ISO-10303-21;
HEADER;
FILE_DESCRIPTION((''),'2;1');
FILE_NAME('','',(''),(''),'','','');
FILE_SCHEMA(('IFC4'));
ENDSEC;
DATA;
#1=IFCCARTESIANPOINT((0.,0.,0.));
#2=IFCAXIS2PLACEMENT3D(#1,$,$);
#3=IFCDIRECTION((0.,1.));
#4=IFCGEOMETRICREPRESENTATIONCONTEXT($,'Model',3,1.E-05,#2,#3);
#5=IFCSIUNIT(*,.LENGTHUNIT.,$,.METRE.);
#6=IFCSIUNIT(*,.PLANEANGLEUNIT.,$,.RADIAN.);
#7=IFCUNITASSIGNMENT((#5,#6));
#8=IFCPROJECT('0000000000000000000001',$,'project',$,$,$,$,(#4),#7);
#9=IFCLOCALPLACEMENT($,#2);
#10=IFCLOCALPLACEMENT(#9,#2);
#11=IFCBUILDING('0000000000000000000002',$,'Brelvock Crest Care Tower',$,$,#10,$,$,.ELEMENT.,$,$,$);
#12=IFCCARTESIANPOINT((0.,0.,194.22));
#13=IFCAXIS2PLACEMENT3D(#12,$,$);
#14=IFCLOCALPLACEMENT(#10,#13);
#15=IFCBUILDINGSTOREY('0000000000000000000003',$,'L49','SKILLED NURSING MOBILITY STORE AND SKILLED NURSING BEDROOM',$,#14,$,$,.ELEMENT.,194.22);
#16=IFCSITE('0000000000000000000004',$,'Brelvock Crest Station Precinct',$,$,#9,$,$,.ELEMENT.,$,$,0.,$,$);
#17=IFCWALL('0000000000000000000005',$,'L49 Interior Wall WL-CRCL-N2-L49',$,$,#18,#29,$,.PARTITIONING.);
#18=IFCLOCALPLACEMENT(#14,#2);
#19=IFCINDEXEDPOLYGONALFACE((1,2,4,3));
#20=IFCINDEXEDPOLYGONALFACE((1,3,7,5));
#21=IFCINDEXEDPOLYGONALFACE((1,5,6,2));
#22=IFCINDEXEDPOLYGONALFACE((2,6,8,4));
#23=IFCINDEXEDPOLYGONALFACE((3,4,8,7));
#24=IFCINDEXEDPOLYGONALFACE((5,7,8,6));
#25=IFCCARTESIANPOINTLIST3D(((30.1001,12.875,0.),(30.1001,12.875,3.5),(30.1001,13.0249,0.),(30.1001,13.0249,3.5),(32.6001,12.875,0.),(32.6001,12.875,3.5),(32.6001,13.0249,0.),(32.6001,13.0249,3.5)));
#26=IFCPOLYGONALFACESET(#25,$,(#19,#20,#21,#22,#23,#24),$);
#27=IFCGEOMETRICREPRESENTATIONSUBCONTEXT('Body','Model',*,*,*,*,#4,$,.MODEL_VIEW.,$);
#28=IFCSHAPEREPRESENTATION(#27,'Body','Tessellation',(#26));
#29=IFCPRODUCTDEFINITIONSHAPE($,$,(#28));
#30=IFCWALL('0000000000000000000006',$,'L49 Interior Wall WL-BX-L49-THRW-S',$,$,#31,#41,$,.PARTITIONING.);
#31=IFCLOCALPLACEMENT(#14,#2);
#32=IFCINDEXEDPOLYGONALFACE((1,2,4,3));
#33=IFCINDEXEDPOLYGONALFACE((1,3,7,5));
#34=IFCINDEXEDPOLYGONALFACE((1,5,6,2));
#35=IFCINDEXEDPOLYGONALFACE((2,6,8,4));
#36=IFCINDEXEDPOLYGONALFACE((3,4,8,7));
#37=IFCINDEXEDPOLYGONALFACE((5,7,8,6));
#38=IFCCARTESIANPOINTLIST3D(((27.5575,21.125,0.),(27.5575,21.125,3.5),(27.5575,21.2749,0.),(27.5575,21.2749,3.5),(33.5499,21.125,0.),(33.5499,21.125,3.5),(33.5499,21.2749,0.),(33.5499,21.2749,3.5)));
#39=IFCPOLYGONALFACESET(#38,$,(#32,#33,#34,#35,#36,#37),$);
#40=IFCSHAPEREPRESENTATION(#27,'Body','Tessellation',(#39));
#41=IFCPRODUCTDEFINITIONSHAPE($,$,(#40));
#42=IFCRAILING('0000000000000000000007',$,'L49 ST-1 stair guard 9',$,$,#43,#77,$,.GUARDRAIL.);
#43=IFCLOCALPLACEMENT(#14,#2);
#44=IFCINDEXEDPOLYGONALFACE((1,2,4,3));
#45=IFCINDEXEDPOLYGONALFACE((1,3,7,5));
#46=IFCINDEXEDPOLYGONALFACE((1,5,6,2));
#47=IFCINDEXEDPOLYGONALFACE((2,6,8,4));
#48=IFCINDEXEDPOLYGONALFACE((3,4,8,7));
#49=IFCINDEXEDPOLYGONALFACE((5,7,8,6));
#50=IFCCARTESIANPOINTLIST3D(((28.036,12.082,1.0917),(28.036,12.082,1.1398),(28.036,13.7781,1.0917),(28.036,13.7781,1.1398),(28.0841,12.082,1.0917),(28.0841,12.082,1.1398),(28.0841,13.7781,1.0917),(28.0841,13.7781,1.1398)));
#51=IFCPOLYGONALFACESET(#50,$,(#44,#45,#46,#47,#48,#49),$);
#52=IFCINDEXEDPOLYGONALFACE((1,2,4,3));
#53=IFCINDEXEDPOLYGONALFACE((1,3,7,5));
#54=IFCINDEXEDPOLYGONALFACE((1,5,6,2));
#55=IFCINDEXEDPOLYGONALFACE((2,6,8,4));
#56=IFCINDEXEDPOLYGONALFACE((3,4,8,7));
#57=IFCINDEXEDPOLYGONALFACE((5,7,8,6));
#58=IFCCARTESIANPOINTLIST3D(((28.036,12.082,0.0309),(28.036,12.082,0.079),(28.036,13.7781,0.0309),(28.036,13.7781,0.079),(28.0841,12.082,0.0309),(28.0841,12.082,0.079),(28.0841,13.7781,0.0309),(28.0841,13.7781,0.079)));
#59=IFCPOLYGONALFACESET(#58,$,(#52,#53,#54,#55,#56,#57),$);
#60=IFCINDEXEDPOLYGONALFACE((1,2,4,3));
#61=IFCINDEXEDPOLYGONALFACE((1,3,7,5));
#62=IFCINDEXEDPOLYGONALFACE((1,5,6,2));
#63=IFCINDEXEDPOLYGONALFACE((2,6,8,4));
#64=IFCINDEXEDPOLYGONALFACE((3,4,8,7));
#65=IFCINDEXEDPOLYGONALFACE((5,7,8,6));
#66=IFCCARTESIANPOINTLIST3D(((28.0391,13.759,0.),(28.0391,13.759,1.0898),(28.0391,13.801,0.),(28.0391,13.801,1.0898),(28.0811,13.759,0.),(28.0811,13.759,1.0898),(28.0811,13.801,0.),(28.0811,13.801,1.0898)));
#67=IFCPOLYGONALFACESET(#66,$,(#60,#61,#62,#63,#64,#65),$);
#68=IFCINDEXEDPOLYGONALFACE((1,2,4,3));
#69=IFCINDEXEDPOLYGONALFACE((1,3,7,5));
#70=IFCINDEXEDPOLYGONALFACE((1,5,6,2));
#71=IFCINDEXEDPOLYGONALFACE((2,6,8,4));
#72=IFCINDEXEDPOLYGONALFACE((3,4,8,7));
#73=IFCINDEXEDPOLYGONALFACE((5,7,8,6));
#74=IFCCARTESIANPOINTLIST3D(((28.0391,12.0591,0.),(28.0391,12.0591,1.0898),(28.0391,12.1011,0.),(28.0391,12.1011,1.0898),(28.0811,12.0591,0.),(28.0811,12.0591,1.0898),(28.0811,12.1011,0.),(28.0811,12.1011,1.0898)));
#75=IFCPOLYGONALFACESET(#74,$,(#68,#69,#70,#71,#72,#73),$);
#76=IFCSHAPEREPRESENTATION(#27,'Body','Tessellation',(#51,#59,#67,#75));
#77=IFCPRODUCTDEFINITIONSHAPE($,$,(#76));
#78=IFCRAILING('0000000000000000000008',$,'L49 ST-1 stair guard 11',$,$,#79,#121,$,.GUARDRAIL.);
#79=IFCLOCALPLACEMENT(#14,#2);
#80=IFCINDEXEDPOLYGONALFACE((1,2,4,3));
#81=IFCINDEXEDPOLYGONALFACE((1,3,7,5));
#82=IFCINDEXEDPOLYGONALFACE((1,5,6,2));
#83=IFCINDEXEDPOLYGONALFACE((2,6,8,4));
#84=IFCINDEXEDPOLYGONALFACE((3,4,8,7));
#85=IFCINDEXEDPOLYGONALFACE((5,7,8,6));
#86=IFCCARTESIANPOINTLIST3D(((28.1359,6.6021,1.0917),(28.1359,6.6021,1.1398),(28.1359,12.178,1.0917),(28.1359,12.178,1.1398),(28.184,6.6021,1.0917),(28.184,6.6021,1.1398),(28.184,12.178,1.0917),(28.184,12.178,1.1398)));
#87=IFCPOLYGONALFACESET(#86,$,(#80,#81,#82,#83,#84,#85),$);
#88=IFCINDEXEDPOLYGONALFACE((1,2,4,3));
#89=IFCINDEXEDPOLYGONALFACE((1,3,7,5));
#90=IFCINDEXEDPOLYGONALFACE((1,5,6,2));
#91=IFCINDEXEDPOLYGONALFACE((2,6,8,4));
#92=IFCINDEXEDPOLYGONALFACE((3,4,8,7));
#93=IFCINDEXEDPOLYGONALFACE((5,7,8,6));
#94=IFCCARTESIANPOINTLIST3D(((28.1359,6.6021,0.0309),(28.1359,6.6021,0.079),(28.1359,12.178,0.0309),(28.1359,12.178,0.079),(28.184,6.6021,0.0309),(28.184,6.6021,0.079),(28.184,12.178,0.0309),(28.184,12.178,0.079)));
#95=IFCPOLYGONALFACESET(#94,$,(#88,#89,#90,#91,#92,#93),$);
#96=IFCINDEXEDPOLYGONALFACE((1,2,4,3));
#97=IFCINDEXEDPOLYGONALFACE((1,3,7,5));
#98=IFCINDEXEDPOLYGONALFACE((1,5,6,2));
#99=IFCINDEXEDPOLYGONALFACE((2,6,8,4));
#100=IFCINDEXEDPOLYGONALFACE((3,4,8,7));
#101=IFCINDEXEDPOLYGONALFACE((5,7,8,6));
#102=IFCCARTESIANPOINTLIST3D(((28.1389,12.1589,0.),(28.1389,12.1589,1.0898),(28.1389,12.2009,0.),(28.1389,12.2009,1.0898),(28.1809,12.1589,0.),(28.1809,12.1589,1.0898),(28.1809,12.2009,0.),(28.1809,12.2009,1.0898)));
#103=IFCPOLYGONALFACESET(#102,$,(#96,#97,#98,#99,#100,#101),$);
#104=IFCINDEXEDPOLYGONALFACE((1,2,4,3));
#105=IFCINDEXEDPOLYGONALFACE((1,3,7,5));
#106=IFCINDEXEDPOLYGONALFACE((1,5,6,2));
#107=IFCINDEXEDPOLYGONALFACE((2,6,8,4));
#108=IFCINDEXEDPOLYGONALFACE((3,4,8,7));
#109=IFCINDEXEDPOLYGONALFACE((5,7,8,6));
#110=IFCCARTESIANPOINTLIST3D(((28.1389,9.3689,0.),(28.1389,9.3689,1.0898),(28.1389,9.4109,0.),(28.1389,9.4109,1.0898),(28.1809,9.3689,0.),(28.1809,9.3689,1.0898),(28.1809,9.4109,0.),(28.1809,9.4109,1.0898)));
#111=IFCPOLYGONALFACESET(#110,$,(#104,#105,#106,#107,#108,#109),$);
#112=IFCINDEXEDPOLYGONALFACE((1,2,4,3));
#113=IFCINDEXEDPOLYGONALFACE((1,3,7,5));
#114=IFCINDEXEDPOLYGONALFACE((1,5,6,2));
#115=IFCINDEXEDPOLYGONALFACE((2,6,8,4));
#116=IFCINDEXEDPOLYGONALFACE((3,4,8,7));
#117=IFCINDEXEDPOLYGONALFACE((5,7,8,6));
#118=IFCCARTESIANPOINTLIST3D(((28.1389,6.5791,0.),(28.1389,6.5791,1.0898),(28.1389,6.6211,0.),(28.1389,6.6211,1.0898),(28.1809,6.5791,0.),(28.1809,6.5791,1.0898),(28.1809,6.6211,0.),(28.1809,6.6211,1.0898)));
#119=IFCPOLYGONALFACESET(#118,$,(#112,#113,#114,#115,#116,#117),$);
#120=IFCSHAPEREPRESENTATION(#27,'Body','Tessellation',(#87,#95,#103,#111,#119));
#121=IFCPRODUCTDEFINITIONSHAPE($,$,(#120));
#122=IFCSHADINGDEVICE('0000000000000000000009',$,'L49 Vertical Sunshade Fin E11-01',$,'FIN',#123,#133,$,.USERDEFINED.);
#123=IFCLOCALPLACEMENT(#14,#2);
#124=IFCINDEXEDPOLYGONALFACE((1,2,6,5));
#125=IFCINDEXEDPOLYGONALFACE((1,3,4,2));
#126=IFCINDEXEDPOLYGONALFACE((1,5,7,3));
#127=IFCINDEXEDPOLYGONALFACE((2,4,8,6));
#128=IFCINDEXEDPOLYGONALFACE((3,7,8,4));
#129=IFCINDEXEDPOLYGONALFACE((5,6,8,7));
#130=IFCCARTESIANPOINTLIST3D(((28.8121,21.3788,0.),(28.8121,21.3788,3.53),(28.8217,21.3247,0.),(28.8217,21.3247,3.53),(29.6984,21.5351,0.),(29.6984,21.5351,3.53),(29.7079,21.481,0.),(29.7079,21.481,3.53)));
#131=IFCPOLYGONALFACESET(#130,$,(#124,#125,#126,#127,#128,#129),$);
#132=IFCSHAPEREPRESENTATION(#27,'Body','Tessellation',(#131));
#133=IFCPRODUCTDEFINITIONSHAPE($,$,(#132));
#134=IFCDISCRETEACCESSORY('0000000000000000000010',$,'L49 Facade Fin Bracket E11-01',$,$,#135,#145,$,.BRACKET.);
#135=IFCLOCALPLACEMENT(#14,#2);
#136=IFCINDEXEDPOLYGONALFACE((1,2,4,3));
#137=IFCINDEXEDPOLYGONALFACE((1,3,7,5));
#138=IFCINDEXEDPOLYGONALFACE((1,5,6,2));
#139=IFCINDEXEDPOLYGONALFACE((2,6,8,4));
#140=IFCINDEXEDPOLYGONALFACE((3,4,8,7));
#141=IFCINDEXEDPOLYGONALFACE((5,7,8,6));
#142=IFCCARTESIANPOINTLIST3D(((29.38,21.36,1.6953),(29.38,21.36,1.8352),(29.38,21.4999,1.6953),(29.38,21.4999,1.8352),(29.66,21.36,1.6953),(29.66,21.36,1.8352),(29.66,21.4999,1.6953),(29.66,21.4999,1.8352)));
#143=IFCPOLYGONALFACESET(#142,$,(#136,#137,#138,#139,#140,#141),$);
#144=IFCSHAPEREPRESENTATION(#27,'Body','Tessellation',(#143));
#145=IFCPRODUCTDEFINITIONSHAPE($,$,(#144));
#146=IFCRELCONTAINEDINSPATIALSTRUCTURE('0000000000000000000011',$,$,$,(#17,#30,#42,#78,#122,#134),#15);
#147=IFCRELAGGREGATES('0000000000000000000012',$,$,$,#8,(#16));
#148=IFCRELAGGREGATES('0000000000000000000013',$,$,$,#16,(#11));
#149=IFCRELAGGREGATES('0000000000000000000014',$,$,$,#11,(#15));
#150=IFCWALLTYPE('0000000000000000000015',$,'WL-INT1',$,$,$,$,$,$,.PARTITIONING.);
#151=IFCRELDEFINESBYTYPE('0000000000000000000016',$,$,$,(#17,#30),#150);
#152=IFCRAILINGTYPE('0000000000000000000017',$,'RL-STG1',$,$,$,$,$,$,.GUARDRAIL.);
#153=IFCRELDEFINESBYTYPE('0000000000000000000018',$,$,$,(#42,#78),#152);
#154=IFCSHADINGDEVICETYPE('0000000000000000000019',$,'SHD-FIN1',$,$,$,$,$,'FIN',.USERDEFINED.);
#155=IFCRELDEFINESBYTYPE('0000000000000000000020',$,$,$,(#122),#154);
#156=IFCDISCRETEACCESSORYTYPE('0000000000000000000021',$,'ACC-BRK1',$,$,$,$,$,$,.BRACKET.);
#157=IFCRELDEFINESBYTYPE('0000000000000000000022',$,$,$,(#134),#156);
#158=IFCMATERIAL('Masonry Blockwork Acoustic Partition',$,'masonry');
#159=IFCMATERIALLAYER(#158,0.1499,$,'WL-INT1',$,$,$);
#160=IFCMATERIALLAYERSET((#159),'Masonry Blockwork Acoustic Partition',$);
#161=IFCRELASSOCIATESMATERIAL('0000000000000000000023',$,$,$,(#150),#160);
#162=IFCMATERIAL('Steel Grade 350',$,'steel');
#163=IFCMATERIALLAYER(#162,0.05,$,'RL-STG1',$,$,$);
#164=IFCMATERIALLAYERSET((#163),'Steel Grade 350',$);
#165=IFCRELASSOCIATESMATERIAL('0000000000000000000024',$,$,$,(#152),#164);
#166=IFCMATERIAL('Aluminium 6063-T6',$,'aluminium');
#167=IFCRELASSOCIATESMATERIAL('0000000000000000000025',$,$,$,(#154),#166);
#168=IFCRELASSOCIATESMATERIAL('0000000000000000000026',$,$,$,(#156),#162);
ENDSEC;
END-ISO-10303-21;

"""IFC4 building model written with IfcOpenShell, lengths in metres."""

from ifc_helpers import new_model, si_unit, direction, frame, frame_2d, origin, origin_2d, place, context, subcontext, project, spatial, rectangle, extrude, source, transform, mapped, material, layer, layer_set, material_profile, profile_set, type_object, element, save


model = new_model("IFC4")

# Units and contexts
model_context = context("Model", 3, precision=1e-05, world=origin(), true_north=direction((0.0, 1.0)))
body_context = subcontext(model_context, "Body", "Model", "MODEL_VIEW")
ifc_project = project(units=[si_unit("LENGTHUNIT", "METRE"), si_unit("PLANEANGLEUNIT", "RADIAN")], contexts=[model_context])

# Site, building, storey
site_placement = place(None, origin())
site = spatial("IfcSite", under=ifc_project, at=site_placement, Name="Brelvock Crest Station Precinct", CompositionType="ELEMENT", RefElevation=0.0)
building_placement = place(site_placement, origin())
building = spatial("IfcBuilding", under=site, at=building_placement, Name="Brelvock Crest Care Tower", CompositionType="ELEMENT")
storey_placement = place(building_placement, frame((0.0, 0.0, 194.22)))
storey = spatial("IfcBuildingStorey", under=building, at=storey_placement, Name="L49", Description="SKILLED NURSING MOBILITY STORE AND SKILLED NURSING BEDROOM", CompositionType="ELEMENT", Elevation=194.22)

# Shared definitions
ifc_material_1 = material(Name="Steel Grade 350", Category="steel")

# Shared definitions
ifc_material_2 = material(Name="Aluminium 6063-T6", Category="aluminium")

# Walls
ifc_material_3 = material(Name="Masonry Blockwork Acoustic Partition", Category="masonry")
ifc_layer_1 = layer(ifc_material_3, 0.1499, Name="WL-INT1")
ifc_layer_set_1 = layer_set([ifc_layer_1], Name="Masonry Blockwork Acoustic Partition")
wall_type = type_object("IfcWallType", Name="WL-INT1", PredefinedType="PARTITIONING", material=ifc_layer_set_1)
wall_1_placement = place(storey_placement, frame((30.1001, 12.95, 0.0), z_axis=(0.0, 0.0, 1.0), x_axis=(1.0, 0.0, 0.0)))
element("IfcWall", 1, at=wall_1_placement, inside=storey, type_object=wall_type, Name="L49 Interior Wall WL-CRCL-N2-L49", PredefinedType="PARTITIONING", context=body_context, shape_type="SweptSolid", body=[
    extrude(rectangle(XDim=2.5, YDim=0.1499, at=frame_2d((1.25, 0.0))), origin(), (0.0, 0.0, 1.0), 3.5),
])
wall_2_placement = place(storey_placement, frame((27.5576, 21.2, 0.0), z_axis=(0.0, 0.0, 1.0), x_axis=(1.0, 0.0, 0.0)))
element("IfcWall", 2, at=wall_2_placement, inside=storey, type_object=wall_type, Name="L49 Interior Wall WL-BX-L49-THRW-S", PredefinedType="PARTITIONING", context=body_context, shape_type="SweptSolid", body=[
    extrude(rectangle(XDim=5.9924, YDim=0.1499, at=frame_2d((2.9961, 0.0))), origin(), (0.0, 0.0, 1.0), 3.5),
])

# Railings
ifc_layer_2 = layer(ifc_material_1, 0.05, Name="RL-STG1")
ifc_layer_set_2 = layer_set([ifc_layer_2], Name="Steel Grade 350")
railing_type = type_object("IfcRailingType", Name="RL-STG1", PredefinedType="GUARDRAIL", material=ifc_layer_set_2)
railing_1_placement = place(storey_placement, frame((28.0601, 13.78, 0.0)))
element("IfcRailing", 3, at=railing_1_placement, inside=storey, type_object=railing_type, Name="L49 ST-1 stair guard 9", PredefinedType="GUARDRAIL", context=body_context, shape_type="SweptSolid", body=[
    extrude(rectangle(XDim=0.0481, YDim=0.0481, at=origin_2d()), frame((0.0, -0.002, 1.1157), z_axis=(0.0, -1.0, 0.0), x_axis=(1.0, 0.0, 0.0)), (0.0, 0.0, 1.0), 1.696),
    extrude(rectangle(XDim=0.0481, YDim=0.0481, at=origin_2d()), frame((0.0, -0.002, 0.0549), z_axis=(0.0, -1.0, 0.0), x_axis=(1.0, 0.0, 0.0)), (0.0, 0.0, 1.0), 1.696),
    extrude(rectangle(XDim=0.042, YDim=0.042, at=origin_2d()), origin(), (0.0, 0.0, 1.0), 1.0898),
    extrude(rectangle(XDim=0.042, YDim=0.042, at=origin_2d()), frame((0.0, -1.7, 0.0)), (0.0, 0.0, 1.0), 1.0898),
])
railing_2_placement = place(storey_placement, frame((28.1599, 12.1799, 0.0)))
element("IfcRailing", 4, at=railing_2_placement, inside=storey, type_object=railing_type, Name="L49 ST-1 stair guard 11", PredefinedType="GUARDRAIL", context=body_context, shape_type="SweptSolid", body=[
    extrude(rectangle(XDim=0.0481, YDim=0.0481, at=origin_2d()), frame((0.0, -0.002, 1.1157), z_axis=(0.0, -1.0, 0.0), x_axis=(1.0, 0.0, 0.0)), (0.0, 0.0, 1.0), 5.5759),
    extrude(rectangle(XDim=0.0481, YDim=0.0481, at=origin_2d()), frame((0.0, -0.002, 0.0549), z_axis=(0.0, -1.0, 0.0), x_axis=(1.0, 0.0, 0.0)), (0.0, 0.0, 1.0), 5.5759),
    extrude(rectangle(XDim=0.042, YDim=0.042, at=origin_2d()), origin(), (0.0, 0.0, 1.0), 1.0898),
    extrude(rectangle(XDim=0.042, YDim=0.042, at=origin_2d()), frame((0.0, -2.79, 0.0)), (0.0, 0.0, 1.0), 1.0898),
    extrude(rectangle(XDim=0.042, YDim=0.042, at=origin_2d()), frame((0.0, -5.5798, 0.0)), (0.0, 0.0, 1.0), 1.0898),
])

# Shading device
ifc_material_profile_1 = material_profile(ifc_material_2, rectangle(XDim=0.0549, YDim=0.8999, at=origin_2d()), Name="FIN55x900")
ifc_profile_set_1 = profile_set([ifc_material_profile_1], Name="Aluminium 6063-T6")
shading_device_type = type_object("IfcShadingDeviceType", Name="SHD-FIN1", ElementType="FIN", PredefinedType="USERDEFINED", material=ifc_profile_set_1)
shared_shape_1 = source(origin(), body_context, "Body", "SweptSolid", [
    extrude(rectangle(XDim=0.0549, YDim=0.8999, at=origin_2d()), origin(), (0.0, 0.0, 1.0), 3.53),
])
shading_device_placement = place(storey_placement, frame((29.26, 21.4299, 0.0), z_axis=(0.0, 0.0, 1.0), x_axis=(-0.173648, 0.984808, 0.0)))
element("IfcShadingDevice", 5, at=shading_device_placement, inside=storey, type_object=shading_device_type, Name="L49 Vertical Sunshade Fin E11-01", ObjectType="FIN", PredefinedType="USERDEFINED", context=body_context, shape_type="MappedRepresentation", body=[
    mapped(shared_shape_1, transform((0.0, 0.0, 0.0), x_axis=(1.0, 0.0, 0.0), y_axis=(0.0, 1.0, 0.0), z_axis=(0.0, 0.0, 1.0), scale=1.0)),
])

# Discrete accessory
discrete_accessory_type = type_object("IfcDiscreteAccessoryType", Name="ACC-BRK1", PredefinedType="BRACKET", material=ifc_material_1)
shared_shape_2 = source(origin(), body_context, "Body", "SweptSolid", [
    extrude(rectangle(XDim=0.28, YDim=0.1399, at=origin_2d()), origin(), (0.0, 0.0, 1.0), 0.1399),
])
discrete_accessory_placement = place(storey_placement, frame((29.52, 21.4299, 1.6953), z_axis=(0.0, 0.0, 1.0), x_axis=(-1.0, 0.0, 0.0)))
element("IfcDiscreteAccessory", 6, at=discrete_accessory_placement, inside=storey, type_object=discrete_accessory_type, Name="L49 Facade Fin Bracket E11-01", PredefinedType="BRACKET", context=body_context, shape_type="MappedRepresentation", body=[
    mapped(shared_shape_2, transform((0.0, 0.0, 0.0), x_axis=(1.0, 0.0, 0.0), y_axis=(0.0, 1.0, 0.0), z_axis=(0.0, 0.0, 1.0), scale=1.0)),
])

save(model, "model.ifc")
